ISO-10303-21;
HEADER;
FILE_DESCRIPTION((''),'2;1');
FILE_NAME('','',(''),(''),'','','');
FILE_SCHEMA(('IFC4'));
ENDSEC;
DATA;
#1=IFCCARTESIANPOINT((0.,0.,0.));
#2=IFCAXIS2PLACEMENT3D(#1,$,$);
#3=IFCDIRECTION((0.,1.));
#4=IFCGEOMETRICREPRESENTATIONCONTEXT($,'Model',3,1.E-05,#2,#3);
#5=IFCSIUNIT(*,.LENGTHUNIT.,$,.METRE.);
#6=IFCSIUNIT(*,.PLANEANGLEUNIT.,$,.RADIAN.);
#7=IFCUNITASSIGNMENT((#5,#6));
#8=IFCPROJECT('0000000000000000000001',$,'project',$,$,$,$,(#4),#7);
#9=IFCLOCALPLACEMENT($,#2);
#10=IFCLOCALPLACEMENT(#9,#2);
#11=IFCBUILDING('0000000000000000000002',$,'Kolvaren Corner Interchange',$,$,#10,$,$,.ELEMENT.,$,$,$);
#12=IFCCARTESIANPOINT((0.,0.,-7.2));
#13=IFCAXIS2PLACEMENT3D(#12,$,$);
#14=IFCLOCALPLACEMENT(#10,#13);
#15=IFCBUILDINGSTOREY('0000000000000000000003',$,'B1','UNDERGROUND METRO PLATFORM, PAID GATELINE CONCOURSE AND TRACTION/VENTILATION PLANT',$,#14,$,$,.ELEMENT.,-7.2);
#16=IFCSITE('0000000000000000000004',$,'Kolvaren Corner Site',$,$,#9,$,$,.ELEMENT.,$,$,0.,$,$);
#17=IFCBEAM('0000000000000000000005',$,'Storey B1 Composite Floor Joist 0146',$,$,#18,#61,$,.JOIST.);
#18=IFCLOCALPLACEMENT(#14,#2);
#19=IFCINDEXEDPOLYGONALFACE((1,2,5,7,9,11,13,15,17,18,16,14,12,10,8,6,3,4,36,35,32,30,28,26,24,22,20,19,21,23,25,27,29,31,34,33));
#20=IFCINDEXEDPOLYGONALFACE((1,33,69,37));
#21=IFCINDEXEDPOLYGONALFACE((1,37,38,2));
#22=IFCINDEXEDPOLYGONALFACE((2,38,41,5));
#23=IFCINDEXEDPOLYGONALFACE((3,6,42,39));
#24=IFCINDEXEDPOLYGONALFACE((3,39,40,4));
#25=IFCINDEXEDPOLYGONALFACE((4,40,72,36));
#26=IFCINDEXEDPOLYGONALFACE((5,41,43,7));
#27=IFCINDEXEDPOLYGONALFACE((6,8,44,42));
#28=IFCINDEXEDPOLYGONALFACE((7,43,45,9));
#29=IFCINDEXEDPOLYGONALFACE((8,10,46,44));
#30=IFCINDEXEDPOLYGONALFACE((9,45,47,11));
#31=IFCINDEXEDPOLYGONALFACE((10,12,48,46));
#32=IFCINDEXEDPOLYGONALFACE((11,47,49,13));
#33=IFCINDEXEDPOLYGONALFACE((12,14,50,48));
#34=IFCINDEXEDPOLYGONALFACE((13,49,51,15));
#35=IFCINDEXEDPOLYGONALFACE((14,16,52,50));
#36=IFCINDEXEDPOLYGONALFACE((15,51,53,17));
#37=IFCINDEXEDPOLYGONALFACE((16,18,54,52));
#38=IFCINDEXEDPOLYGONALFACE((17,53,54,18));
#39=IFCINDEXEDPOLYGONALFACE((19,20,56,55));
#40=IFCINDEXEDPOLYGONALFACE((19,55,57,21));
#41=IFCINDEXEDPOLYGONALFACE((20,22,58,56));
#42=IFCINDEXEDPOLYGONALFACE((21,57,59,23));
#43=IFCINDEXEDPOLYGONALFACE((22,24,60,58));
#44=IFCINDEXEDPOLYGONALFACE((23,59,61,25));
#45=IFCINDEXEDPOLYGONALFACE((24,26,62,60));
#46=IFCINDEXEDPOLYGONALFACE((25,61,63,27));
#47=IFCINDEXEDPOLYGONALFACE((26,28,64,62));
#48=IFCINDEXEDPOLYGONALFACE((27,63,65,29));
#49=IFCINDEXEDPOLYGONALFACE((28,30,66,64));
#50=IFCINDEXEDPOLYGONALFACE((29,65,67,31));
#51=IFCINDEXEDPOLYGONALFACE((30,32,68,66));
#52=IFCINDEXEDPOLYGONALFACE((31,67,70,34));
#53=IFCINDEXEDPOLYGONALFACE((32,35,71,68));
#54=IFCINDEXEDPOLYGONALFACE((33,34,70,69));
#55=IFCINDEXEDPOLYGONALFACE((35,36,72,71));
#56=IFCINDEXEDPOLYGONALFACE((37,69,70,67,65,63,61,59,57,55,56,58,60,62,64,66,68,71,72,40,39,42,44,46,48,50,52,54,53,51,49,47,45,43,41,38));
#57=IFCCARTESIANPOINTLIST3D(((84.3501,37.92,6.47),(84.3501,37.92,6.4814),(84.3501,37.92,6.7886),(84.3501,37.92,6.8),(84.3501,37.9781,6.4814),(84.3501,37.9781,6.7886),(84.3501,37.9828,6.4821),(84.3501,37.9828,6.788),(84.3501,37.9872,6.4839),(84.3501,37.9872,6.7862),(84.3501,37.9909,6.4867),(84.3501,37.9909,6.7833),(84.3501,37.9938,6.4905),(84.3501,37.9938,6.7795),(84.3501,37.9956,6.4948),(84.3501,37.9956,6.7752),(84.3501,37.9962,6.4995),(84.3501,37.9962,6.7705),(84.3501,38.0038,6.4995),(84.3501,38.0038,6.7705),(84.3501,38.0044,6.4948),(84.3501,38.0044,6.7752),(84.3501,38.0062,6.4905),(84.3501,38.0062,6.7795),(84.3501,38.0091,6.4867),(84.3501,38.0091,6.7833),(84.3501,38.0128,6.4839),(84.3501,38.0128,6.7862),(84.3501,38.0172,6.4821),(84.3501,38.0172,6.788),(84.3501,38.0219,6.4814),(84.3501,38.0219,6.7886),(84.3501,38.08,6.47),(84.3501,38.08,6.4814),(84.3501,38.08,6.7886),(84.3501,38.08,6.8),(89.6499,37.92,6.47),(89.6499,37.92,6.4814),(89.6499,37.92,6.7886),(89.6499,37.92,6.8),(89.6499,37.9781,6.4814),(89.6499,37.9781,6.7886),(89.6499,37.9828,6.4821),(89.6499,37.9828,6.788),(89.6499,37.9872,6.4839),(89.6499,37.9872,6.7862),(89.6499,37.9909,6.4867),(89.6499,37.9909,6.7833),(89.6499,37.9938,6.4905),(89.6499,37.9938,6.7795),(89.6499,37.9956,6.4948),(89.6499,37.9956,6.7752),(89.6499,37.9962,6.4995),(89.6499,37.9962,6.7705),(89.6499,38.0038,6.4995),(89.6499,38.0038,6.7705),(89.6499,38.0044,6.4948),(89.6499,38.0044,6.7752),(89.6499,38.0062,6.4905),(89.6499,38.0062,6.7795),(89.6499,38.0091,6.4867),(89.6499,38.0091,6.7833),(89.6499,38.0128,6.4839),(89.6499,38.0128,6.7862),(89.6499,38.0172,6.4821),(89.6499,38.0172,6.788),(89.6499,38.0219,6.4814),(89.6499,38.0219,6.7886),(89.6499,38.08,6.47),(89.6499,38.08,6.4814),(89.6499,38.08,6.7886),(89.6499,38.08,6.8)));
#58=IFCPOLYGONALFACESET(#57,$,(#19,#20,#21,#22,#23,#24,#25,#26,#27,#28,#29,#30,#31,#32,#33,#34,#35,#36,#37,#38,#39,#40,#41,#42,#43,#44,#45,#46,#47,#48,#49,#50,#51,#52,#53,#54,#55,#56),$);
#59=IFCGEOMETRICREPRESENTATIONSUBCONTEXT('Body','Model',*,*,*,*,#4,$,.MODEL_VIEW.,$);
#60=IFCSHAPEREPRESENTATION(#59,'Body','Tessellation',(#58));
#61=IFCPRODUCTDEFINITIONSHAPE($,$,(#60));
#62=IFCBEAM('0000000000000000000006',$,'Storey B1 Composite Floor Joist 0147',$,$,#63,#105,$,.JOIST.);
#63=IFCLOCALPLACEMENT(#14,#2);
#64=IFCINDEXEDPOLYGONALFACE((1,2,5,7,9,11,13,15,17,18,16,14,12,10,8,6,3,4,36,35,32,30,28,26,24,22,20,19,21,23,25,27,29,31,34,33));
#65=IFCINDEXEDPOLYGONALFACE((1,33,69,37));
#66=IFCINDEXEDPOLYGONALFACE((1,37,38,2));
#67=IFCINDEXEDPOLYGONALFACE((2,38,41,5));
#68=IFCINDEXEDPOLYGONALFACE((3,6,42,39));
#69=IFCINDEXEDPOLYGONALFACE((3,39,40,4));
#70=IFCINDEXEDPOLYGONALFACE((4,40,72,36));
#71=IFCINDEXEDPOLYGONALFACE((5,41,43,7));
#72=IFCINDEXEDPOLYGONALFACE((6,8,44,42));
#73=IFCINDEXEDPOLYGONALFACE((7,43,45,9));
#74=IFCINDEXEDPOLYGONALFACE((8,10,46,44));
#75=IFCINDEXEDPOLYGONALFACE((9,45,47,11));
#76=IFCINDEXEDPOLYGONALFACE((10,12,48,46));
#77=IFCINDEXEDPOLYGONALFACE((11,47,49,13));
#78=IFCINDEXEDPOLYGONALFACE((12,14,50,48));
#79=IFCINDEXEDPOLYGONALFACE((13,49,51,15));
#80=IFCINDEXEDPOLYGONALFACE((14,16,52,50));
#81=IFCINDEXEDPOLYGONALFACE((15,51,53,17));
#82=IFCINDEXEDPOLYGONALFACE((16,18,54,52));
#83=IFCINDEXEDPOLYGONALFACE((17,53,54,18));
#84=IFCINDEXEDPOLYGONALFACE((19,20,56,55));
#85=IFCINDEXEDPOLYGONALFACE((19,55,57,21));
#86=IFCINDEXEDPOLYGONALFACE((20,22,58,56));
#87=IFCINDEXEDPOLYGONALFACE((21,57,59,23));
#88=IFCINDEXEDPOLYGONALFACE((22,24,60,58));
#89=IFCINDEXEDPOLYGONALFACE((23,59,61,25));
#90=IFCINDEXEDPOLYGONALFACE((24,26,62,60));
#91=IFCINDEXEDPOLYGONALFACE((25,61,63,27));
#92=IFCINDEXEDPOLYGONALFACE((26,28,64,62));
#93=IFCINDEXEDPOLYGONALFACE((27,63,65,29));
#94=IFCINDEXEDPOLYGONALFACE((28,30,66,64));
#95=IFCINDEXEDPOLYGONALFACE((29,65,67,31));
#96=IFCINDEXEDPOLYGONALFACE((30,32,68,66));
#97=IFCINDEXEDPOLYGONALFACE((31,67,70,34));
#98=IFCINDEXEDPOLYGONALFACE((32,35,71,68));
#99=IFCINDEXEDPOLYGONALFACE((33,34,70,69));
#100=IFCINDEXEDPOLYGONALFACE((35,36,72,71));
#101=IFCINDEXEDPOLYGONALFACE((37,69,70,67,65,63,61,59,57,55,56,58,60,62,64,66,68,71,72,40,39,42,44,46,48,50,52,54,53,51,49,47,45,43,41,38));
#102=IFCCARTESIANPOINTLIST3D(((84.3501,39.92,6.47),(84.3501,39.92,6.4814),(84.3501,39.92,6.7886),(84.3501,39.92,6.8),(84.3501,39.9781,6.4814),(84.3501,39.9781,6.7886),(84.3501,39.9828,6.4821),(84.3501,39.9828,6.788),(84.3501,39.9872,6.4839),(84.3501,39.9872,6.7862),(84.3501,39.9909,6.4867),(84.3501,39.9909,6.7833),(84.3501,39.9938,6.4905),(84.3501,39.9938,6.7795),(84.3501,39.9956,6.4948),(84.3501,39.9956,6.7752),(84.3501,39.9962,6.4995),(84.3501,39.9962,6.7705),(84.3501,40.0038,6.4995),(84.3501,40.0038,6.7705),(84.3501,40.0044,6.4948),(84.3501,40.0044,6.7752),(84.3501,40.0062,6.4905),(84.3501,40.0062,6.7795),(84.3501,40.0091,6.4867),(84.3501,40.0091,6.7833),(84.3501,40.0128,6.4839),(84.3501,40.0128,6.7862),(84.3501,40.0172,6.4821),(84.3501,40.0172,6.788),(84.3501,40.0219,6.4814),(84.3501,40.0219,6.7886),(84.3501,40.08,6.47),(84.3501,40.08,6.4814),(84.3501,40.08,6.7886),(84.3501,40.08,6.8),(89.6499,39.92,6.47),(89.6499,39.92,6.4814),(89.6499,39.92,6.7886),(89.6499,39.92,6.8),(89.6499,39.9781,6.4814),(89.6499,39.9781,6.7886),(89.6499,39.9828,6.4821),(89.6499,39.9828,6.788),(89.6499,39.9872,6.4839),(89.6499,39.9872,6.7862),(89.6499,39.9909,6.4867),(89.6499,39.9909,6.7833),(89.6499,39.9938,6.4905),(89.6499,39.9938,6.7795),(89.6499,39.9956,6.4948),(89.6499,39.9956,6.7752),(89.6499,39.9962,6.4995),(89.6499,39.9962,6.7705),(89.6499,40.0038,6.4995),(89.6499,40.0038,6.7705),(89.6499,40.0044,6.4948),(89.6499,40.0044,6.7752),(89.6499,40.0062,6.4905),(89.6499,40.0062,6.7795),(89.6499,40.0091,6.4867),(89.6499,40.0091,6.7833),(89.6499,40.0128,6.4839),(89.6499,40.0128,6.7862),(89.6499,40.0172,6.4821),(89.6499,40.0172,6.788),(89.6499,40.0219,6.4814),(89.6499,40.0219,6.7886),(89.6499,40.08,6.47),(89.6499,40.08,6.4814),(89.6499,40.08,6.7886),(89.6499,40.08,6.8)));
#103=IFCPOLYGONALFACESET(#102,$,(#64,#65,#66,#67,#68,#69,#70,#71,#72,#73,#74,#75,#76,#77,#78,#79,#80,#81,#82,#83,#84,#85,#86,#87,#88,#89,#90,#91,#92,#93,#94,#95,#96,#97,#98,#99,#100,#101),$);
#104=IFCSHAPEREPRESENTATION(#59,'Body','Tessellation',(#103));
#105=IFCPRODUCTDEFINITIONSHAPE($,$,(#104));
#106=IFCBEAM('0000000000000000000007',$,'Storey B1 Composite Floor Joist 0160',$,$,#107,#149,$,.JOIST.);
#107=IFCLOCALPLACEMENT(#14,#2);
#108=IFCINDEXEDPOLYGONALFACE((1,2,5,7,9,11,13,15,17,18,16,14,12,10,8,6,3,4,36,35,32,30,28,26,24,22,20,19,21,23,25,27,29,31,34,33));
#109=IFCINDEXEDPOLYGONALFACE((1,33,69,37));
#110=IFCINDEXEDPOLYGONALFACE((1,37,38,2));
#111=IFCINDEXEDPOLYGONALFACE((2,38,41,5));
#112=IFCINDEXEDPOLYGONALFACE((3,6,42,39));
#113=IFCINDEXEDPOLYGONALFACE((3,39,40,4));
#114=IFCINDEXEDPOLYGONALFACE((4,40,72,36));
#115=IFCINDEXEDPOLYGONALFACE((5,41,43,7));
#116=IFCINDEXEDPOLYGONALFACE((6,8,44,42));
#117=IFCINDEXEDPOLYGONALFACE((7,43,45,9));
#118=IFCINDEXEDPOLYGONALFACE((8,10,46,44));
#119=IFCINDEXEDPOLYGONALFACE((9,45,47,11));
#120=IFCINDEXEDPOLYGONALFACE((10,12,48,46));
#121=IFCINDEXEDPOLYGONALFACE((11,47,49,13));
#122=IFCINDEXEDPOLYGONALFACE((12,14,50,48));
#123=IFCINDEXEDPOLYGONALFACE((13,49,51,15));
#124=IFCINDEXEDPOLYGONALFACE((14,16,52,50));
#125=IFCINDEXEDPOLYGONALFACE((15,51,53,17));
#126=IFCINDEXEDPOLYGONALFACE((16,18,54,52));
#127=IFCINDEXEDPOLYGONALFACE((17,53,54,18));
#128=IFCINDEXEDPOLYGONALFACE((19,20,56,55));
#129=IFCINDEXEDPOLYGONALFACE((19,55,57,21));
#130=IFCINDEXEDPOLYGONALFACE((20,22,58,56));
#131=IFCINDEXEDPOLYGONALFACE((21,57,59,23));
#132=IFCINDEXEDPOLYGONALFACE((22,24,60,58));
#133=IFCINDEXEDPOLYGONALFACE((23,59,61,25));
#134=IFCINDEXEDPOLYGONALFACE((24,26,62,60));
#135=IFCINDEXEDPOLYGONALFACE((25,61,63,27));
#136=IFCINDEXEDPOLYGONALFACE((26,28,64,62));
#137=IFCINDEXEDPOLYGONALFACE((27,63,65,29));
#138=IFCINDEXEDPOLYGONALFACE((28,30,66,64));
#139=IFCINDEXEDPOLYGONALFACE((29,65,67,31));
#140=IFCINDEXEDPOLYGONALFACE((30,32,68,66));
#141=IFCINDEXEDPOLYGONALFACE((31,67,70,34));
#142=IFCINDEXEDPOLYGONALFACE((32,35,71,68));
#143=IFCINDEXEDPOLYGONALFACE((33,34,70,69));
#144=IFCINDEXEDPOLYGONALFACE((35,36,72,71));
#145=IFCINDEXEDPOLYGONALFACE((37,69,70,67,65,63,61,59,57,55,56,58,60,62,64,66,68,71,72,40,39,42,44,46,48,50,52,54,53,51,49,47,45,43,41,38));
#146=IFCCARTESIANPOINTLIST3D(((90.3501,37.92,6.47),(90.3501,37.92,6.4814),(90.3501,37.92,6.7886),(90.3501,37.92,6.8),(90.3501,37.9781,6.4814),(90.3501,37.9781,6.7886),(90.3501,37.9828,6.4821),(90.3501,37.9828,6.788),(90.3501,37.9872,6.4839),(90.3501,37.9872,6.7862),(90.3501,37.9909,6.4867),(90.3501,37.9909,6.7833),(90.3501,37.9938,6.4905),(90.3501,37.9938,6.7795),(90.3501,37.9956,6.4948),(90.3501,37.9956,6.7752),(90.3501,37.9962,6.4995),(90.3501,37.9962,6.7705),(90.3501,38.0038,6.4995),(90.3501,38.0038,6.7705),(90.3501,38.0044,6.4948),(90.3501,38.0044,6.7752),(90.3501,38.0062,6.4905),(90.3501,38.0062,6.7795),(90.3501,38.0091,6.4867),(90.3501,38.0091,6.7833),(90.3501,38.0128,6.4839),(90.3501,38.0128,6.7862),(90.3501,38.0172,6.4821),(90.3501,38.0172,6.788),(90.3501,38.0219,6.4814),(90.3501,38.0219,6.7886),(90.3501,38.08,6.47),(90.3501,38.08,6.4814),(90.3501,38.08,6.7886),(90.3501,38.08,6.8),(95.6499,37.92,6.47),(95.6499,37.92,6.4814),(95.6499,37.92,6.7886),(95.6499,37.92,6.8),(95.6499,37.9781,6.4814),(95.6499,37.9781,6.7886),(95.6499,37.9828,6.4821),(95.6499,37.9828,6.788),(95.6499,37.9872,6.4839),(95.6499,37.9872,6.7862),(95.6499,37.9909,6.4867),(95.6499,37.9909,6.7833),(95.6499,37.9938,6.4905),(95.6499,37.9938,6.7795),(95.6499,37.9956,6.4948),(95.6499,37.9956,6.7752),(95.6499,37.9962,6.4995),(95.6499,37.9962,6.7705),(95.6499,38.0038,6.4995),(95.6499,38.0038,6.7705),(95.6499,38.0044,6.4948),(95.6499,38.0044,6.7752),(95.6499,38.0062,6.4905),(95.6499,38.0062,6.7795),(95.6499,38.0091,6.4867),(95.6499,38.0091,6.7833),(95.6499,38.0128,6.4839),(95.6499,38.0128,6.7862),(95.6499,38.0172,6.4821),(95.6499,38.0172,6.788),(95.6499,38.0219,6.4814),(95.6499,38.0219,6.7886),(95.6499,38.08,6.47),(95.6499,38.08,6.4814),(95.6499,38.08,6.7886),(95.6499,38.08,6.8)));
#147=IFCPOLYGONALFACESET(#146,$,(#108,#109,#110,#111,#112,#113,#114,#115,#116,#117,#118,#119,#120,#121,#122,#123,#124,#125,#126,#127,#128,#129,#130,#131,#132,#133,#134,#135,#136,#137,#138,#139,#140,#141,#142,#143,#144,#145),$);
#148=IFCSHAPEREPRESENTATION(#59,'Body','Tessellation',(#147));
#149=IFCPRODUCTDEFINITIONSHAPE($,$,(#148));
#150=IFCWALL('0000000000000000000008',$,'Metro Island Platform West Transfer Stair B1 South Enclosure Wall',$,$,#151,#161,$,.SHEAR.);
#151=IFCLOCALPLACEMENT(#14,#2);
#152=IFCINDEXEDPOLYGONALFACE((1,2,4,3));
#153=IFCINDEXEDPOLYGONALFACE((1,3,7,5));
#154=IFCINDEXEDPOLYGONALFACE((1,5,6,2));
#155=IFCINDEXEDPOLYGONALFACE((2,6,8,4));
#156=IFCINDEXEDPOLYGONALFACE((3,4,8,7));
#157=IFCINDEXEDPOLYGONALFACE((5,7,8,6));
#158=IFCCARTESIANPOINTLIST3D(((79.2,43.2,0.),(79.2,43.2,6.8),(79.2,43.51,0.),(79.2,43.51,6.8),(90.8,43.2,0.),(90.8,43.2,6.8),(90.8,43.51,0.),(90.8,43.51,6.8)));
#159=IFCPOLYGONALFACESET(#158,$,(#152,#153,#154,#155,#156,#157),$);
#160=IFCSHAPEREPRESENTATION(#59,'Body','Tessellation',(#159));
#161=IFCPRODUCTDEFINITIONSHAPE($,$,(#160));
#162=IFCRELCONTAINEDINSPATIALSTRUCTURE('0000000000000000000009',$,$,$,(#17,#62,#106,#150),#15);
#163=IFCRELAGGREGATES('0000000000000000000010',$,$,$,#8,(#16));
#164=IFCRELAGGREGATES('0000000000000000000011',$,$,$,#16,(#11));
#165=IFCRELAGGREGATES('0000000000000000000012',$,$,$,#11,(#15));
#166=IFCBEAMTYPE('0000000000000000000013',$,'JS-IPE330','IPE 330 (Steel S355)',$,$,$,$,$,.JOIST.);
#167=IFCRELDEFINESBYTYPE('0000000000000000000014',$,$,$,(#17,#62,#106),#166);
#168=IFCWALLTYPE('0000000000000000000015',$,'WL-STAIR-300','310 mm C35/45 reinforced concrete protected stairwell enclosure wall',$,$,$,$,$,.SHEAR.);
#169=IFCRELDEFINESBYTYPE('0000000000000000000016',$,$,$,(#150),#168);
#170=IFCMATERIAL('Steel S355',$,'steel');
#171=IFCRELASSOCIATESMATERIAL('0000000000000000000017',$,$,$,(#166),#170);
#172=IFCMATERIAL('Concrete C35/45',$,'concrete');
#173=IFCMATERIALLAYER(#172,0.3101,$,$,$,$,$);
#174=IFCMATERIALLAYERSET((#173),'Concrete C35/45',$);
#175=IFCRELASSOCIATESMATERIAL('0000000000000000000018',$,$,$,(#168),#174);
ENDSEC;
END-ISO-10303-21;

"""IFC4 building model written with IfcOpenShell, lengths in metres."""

from ifc_helpers import new_model, si_unit, direction, frame, frame_2d, origin, origin_2d, place, context, subcontext, project, spatial, rectangle, i_section, extrude, material, layer, layer_set, material_profile, profile_set, type_object, element, save


model = new_model("IFC4")

# Units and contexts
model_context = context("Model", 3, precision=1e-05, world=origin(), true_north=direction((0.0, 1.0)))
body_context = subcontext(model_context, "Body", "Model", "MODEL_VIEW")
ifc_project = project(units=[si_unit("LENGTHUNIT", "METRE"), si_unit("PLANEANGLEUNIT", "RADIAN")], contexts=[model_context])

# Site, building, storey
site_placement = place(None, origin())
site = spatial("IfcSite", under=ifc_project, at=site_placement, Name="Kolvaren Corner Site", CompositionType="ELEMENT", RefElevation=0.0)
building_placement = place(site_placement, origin())
building = spatial("IfcBuilding", under=site, at=building_placement, Name="Kolvaren Corner Interchange", CompositionType="ELEMENT")
storey_placement = place(building_placement, frame((0.0, 0.0, -7.2)))
storey = spatial("IfcBuildingStorey", under=building, at=storey_placement, Name="B1", Description="UNDERGROUND METRO PLATFORM, PAID GATELINE CONCOURSE AND TRACTION/VENTILATION PLANT", CompositionType="ELEMENT", Elevation=-7.2)

# Beams
ifc_material_1 = material(Name="Steel S355", Category="steel")
ifc_material_profile_1 = material_profile(ifc_material_1, i_section(OverallWidth=0.1599, OverallDepth=0.3301, WebThickness=0.0076, FlangeThickness=0.0115, FilletRadius=0.0181, at=origin_2d()), Name="IPE 330")
ifc_profile_set_1 = profile_set([ifc_material_profile_1], Name="Steel S355")
beam_type_1 = type_object("IfcBeamType", Name="JS-IPE330", Description="IPE 330 (Steel S355)", PredefinedType="JOIST", material=ifc_profile_set_1)
for number, where, z_axis, x_axis, name in (
    (1, (84.3501, 38.0, 6.635), (1.0, 0.0, 0.0), (0.0, 1.0, 0.0), "Storey B1 Composite Floor Joist 0146"),
    (2, (84.3501, 40.0, 6.635), (1.0, 0.0, 0.0), (0.0, 1.0, 0.0), "Storey B1 Composite Floor Joist 0147"),
    (3, (90.3501, 38.0, 6.635), (1.0, 0.0, 0.0), (0.0, 1.0, 0.0), "Storey B1 Composite Floor Joist 0160"),
):
    element("IfcBeam", number, at=place(storey_placement, frame(where, z_axis=z_axis, x_axis=x_axis)), inside=storey, type_object=beam_type_1, Name=name, PredefinedType="JOIST", context=body_context, shape_type="SweptSolid", body=[
        extrude(i_section(OverallWidth=0.1599, OverallDepth=0.3301, WebThickness=0.0076, FlangeThickness=0.0115, FilletRadius=0.0181, at=origin_2d()), origin(), (0.0, 0.0, 1.0), 5.2998),
    ])

# Wall
ifc_material_2 = material(Name="Concrete C35/45", Category="concrete")
ifc_layer = layer(ifc_material_2, 0.3101)
ifc_layer_set = layer_set([ifc_layer], Name="Concrete C35/45")
wall_type = type_object("IfcWallType", Name="WL-STAIR-300", Description="310 mm C35/45 reinforced concrete protected stairwell enclosure wall", PredefinedType="SHEAR", material=ifc_layer_set)
wall_1_placement = place(storey_placement, frame((79.2, 43.355, 0.0), z_axis=(0.0, 0.0, 1.0), x_axis=(1.0, 0.0, 0.0)))
element("IfcWall", 4, at=wall_1_placement, inside=storey, type_object=wall_type, Name="Metro Island Platform West Transfer Stair B1 South Enclosure Wall", PredefinedType="SHEAR", context=body_context, shape_type="SweptSolid", body=[
    extrude(rectangle(XDim=11.6001, YDim=0.3101, at=frame_2d((5.8, 0.0))), origin(), (0.0, 0.0, 1.0), 6.8),
])

save(model, "model.ifc")
